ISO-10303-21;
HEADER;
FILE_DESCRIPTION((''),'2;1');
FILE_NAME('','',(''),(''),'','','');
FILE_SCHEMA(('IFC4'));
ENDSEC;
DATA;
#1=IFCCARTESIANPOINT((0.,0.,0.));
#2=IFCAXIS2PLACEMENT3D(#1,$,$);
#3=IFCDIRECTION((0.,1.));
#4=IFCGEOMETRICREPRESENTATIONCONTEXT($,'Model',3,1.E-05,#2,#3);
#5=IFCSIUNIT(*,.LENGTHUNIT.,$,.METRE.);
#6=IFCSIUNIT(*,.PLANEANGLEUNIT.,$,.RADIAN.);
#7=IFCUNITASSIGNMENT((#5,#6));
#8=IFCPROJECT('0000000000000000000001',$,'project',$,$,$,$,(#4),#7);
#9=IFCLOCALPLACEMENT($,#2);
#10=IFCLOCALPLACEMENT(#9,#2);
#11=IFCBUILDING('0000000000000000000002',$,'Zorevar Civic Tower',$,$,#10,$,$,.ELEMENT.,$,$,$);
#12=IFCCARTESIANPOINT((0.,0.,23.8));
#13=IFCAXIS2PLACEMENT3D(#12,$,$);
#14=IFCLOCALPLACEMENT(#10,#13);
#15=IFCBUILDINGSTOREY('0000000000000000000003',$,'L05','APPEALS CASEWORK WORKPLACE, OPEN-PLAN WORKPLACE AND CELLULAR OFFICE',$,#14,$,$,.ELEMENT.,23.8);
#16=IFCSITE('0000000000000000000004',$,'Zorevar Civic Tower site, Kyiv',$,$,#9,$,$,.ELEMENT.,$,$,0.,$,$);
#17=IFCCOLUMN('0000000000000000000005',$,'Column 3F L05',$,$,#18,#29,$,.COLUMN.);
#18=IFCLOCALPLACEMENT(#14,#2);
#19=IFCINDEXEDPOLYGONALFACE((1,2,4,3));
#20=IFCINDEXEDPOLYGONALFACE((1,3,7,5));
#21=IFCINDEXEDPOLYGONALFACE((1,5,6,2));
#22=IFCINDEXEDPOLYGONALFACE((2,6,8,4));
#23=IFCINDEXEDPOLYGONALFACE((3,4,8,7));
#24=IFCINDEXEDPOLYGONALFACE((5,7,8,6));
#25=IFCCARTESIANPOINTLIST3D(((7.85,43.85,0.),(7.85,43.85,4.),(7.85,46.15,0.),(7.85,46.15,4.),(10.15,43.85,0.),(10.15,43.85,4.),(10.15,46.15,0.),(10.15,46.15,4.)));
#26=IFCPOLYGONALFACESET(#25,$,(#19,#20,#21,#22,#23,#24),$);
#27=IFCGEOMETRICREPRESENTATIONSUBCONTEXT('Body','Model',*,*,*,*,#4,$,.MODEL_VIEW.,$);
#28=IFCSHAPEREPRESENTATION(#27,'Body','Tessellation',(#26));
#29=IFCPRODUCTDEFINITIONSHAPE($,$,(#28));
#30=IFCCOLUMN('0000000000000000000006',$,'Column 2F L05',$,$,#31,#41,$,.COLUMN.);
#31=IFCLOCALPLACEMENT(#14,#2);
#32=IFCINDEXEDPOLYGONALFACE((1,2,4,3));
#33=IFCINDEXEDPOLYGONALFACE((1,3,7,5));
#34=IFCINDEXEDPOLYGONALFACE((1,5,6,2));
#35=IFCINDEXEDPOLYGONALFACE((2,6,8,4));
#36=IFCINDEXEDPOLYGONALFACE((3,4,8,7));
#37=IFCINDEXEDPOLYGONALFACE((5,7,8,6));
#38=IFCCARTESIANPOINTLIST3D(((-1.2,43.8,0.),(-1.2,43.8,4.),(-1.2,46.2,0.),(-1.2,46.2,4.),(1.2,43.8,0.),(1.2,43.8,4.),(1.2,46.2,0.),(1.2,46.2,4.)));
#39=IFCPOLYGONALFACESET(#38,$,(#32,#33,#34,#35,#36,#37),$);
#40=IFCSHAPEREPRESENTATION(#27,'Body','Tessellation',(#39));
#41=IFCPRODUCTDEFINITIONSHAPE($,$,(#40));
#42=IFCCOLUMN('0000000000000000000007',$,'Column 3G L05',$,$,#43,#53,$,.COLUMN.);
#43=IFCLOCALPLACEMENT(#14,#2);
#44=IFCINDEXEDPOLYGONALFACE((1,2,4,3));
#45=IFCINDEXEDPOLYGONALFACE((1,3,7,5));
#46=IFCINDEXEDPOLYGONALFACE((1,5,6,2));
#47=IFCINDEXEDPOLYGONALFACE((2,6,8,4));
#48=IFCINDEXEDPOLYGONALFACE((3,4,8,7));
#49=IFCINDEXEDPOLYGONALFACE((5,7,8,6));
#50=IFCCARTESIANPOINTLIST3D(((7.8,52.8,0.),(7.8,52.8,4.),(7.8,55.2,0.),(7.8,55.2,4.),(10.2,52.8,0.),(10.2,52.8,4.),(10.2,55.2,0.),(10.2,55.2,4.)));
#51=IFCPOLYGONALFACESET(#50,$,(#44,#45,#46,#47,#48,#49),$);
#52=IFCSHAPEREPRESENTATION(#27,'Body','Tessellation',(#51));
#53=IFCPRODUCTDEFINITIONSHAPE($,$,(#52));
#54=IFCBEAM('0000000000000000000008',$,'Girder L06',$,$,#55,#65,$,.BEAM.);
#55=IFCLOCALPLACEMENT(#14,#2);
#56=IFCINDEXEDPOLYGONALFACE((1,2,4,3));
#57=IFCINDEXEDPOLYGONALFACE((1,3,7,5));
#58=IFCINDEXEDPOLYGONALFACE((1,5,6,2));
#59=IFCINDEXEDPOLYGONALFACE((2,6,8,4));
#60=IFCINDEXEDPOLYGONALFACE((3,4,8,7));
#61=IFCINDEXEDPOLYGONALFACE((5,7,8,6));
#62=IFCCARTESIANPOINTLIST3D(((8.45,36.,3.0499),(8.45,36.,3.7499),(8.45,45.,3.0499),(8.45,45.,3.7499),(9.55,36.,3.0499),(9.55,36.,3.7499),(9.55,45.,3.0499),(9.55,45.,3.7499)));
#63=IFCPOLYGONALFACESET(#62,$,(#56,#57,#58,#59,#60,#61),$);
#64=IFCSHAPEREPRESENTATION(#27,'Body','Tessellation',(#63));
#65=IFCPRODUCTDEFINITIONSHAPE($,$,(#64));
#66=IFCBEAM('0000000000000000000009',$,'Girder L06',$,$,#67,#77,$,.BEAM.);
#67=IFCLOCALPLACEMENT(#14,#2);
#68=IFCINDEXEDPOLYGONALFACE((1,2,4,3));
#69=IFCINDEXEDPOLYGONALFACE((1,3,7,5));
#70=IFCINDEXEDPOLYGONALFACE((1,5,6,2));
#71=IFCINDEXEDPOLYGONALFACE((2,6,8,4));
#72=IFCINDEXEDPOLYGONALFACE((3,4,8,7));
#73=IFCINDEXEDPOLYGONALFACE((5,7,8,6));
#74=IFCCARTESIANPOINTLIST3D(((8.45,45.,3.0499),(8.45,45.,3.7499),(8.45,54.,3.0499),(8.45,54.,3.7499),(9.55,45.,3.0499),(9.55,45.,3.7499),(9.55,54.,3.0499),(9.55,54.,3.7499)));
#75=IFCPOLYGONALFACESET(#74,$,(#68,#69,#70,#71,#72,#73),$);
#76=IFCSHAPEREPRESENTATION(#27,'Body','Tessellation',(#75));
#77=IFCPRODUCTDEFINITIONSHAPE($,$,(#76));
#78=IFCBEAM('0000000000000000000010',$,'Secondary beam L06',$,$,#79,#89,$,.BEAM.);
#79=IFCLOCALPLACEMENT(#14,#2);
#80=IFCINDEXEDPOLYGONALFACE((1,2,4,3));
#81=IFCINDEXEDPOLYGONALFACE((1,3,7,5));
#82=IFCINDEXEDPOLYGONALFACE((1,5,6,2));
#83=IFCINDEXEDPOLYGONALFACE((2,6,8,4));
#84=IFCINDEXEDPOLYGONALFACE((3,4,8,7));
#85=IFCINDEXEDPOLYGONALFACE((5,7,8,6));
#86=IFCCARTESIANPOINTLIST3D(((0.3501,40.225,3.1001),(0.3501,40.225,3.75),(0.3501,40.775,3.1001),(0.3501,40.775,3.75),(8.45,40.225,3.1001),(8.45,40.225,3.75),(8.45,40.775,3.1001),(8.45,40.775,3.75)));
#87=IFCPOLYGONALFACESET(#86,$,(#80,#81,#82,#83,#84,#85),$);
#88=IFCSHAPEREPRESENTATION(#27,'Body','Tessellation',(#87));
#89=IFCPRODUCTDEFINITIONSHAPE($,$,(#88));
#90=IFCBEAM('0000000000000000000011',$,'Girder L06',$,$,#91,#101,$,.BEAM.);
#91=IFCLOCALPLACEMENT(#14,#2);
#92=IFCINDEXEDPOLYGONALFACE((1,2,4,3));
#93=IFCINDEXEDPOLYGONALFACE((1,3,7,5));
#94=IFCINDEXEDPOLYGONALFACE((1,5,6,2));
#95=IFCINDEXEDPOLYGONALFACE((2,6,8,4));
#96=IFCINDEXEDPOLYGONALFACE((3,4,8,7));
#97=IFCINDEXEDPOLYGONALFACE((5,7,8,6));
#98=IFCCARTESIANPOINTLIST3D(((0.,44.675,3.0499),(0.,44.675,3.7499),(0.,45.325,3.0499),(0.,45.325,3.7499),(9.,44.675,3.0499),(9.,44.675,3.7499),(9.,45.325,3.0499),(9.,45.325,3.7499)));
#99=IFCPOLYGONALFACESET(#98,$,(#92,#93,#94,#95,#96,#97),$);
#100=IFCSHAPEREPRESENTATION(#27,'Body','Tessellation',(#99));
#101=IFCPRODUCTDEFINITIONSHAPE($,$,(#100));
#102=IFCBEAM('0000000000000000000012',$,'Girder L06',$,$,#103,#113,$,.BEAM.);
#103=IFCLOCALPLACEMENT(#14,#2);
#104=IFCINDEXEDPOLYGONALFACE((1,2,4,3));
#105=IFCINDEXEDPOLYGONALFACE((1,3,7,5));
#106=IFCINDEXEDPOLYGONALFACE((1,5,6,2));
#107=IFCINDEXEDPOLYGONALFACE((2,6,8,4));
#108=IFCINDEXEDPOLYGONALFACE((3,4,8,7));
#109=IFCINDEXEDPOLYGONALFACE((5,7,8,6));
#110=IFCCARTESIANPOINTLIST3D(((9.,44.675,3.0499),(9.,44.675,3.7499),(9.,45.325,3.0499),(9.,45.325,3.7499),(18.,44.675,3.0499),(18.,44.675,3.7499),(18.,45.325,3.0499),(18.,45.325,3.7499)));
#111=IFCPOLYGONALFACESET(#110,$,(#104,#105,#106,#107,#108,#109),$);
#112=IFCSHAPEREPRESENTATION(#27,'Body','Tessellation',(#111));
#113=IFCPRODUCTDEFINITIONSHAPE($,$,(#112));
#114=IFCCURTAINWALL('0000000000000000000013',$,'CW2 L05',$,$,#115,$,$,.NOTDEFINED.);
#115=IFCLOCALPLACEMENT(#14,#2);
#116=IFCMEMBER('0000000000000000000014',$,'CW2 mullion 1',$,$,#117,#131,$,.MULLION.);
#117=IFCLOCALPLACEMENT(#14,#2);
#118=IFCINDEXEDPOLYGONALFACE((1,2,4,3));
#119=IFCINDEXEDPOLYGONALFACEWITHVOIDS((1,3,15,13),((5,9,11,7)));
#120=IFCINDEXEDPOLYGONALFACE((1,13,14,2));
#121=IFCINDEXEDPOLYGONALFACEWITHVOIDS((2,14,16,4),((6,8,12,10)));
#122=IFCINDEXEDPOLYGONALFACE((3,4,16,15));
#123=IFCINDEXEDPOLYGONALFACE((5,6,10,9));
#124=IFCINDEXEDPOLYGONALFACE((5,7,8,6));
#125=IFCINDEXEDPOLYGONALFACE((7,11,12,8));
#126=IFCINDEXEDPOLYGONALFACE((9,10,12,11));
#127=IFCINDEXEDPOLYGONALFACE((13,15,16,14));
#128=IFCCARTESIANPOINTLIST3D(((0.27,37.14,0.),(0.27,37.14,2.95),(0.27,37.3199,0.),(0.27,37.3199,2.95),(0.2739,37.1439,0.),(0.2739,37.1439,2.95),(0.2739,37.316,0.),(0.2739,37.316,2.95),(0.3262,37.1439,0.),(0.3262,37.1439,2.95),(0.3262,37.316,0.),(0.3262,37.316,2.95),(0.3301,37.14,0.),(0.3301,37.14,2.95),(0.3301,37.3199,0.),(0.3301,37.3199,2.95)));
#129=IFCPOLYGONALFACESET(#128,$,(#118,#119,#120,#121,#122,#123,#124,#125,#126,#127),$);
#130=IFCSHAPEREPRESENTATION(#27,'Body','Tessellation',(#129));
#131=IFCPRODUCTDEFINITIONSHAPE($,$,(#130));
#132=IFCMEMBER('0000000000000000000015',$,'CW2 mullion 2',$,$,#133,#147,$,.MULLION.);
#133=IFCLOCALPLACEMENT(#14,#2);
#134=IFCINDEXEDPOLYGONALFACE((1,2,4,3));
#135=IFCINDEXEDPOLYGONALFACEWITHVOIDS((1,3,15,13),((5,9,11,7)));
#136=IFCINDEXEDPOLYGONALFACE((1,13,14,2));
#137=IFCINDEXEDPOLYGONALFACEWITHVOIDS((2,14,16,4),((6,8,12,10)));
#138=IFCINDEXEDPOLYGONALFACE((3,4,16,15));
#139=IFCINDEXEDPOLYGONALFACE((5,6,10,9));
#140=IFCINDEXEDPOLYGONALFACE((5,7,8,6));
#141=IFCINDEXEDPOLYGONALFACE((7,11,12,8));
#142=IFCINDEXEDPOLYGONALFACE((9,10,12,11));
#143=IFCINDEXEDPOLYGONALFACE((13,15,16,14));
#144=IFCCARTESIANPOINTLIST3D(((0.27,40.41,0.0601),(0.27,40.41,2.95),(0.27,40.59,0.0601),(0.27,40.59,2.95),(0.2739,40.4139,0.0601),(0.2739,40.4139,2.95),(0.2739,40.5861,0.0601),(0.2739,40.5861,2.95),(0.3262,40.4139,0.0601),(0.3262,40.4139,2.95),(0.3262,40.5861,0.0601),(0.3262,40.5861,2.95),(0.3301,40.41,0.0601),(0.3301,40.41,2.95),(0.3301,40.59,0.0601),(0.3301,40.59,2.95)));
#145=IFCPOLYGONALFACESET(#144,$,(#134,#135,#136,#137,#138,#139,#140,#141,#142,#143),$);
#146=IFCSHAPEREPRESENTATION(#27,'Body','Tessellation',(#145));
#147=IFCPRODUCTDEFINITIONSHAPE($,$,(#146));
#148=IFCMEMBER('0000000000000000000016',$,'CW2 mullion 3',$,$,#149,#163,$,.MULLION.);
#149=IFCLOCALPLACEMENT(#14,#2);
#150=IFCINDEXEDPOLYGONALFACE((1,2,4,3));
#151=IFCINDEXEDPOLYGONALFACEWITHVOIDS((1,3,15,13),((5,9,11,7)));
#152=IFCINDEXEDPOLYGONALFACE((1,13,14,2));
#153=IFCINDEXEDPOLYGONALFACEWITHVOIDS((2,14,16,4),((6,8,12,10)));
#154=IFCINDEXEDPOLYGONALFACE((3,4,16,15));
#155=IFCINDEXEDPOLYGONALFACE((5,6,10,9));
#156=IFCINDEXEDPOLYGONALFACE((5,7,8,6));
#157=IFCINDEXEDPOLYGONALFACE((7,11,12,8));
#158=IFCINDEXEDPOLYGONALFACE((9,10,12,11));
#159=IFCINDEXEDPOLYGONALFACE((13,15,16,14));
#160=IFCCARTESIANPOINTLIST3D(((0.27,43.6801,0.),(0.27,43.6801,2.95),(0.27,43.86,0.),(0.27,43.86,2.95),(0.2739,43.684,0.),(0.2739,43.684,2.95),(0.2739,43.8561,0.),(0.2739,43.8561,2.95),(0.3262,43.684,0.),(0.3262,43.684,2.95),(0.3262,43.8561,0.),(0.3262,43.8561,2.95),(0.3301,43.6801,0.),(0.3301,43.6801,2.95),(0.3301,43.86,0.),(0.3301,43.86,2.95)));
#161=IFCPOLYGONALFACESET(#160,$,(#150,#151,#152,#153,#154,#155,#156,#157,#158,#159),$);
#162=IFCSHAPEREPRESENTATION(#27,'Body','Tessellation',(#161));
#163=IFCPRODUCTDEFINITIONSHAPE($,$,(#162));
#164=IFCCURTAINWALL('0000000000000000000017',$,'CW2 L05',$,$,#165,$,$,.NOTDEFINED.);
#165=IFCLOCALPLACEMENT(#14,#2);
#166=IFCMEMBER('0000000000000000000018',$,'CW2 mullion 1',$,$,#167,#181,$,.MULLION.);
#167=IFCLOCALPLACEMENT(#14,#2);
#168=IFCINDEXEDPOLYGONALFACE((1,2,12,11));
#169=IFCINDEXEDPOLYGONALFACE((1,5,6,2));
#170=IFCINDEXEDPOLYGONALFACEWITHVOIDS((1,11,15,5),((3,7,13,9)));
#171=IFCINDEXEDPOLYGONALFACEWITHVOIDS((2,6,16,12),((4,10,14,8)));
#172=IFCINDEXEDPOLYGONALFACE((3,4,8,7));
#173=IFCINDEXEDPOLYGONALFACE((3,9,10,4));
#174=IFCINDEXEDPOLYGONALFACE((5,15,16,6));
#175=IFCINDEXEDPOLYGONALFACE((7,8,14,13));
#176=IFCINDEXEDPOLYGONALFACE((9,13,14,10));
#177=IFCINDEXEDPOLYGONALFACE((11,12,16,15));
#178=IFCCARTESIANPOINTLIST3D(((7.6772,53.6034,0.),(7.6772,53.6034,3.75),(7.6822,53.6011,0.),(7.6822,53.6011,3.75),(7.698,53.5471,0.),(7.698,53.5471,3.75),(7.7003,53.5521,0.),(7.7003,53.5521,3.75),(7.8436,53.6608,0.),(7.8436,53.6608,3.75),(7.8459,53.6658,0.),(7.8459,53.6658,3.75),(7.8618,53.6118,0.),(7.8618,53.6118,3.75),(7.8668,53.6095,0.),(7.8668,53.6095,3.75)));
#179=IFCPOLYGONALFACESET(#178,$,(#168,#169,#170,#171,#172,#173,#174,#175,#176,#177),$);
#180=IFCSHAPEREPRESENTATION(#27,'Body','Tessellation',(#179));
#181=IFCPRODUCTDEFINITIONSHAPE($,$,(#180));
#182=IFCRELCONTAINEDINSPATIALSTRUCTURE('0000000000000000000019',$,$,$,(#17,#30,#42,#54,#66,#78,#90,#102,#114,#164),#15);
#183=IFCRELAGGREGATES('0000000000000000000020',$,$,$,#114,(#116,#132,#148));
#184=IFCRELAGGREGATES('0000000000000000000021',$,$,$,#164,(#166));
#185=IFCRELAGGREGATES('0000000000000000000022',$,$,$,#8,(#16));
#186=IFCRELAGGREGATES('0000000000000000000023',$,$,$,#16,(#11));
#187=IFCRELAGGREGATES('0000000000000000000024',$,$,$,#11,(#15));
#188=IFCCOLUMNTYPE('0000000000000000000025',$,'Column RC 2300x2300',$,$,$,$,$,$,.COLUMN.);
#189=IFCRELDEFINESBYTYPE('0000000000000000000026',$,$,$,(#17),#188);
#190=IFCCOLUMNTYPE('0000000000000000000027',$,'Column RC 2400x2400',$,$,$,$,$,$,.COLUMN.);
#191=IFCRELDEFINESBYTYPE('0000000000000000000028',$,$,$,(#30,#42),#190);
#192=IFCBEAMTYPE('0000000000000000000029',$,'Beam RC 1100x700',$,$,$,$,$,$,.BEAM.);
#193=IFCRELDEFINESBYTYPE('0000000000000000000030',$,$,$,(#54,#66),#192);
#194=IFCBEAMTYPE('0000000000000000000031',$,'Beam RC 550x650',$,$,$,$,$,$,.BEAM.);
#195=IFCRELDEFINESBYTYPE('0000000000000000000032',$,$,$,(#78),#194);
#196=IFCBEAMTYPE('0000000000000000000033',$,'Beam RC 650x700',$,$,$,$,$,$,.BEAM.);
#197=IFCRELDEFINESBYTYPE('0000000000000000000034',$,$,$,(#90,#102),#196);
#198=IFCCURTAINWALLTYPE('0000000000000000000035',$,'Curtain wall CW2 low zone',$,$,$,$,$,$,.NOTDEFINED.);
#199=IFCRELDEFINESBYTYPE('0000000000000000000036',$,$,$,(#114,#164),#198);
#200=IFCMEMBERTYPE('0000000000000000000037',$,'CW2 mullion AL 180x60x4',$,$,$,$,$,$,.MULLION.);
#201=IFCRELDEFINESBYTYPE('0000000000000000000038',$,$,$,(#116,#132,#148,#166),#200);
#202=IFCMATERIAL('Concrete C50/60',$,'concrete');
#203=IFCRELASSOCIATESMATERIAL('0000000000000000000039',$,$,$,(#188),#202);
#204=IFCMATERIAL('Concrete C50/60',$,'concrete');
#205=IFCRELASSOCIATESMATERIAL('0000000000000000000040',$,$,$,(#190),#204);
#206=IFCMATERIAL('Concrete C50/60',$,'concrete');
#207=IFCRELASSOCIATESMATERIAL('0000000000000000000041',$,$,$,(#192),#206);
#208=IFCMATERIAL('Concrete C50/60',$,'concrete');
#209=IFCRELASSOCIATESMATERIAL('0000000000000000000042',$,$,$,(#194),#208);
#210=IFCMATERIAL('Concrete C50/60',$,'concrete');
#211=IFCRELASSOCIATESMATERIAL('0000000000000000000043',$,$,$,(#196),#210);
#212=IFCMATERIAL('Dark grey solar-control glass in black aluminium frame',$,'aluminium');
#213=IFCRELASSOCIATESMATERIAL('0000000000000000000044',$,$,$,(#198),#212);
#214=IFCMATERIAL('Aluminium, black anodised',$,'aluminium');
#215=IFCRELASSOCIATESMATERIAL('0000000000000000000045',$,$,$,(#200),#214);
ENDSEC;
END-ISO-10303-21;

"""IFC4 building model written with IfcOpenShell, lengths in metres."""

from ifc_helpers import new_model, si_unit, direction, frame, origin, origin_2d, place, context, subcontext, project, spatial, rectangle, hollow_rectangle, extrude, material, material_profile, profile_set, type_object, element, aggregate, save


model = new_model("IFC4")

# Units and contexts
model_context = context("Model", 3, precision=1e-05, world=origin(), true_north=direction((0.0, 1.0)))
body_context = subcontext(model_context, "Body", "Model", "MODEL_VIEW")
ifc_project = project(units=[si_unit("LENGTHUNIT", "METRE"), si_unit("PLANEANGLEUNIT", "RADIAN")], contexts=[model_context])

# Site, building, storey
site_placement = place(None, origin())
site = spatial("IfcSite", under=ifc_project, at=site_placement, Name="Zorevar Civic Tower site, Kyiv", CompositionType="ELEMENT", RefElevation=0.0)
building_placement = place(site_placement, origin())
building = spatial("IfcBuilding", under=site, at=building_placement, Name="Zorevar Civic Tower", CompositionType="ELEMENT")
storey_placement = place(building_placement, frame((0.0, 0.0, 23.8)))
storey = spatial("IfcBuildingStorey", under=building, at=storey_placement, Name="L05", Description="APPEALS CASEWORK WORKPLACE, OPEN-PLAN WORKPLACE AND CELLULAR OFFICE", CompositionType="ELEMENT", Elevation=23.8)

# Columns
ifc_material_1 = material(Name="Concrete C50/60", Category="concrete")
ifc_material_profile_1 = material_profile(ifc_material_1, rectangle(XDim=2.3, YDim=2.3, at=origin_2d()), Name="RC 2300x2300")
ifc_profile_set_1 = profile_set([ifc_material_profile_1], Name="Concrete C50/60")
column_type_1 = type_object("IfcColumnType", Name="Column RC 2300x2300", PredefinedType="COLUMN", material=ifc_profile_set_1)
column_placement = place(storey_placement, frame((9.0, 45.0, 0.0), z_axis=(0.0, 0.0, 1.0), x_axis=(1.0, 0.0, 0.0)))
element("IfcColumn", 1, at=column_placement, inside=storey, type_object=column_type_1, Name="Column 3F L05", PredefinedType="COLUMN", context=body_context, shape_type="SweptSolid", body=[
    extrude(rectangle(XDim=2.3, YDim=2.3, at=origin_2d()), origin(), (0.0, 0.0, 1.0), 4.0),
])
ifc_material_2 = material(Name="Concrete C50/60", Category="concrete")
ifc_material_profile_2 = material_profile(ifc_material_2, rectangle(XDim=2.3999, YDim=2.3999, at=origin_2d()), Name="RC 2400x2400")
ifc_profile_set_2 = profile_set([ifc_material_profile_2], Name="Concrete C50/60")
column_type_2 = type_object("IfcColumnType", Name="Column RC 2400x2400", PredefinedType="COLUMN", material=ifc_profile_set_2)
for number, where, z_axis, x_axis, name in (
    (2, (0.0, 45.0, 0.0), (0.0, 0.0, 1.0), (1.0, 0.0, 0.0), "Column 2F L05"),
    (3, (9.0, 54.0, 0.0), (0.0, 0.0, 1.0), (1.0, 0.0, 0.0), "Column 3G L05"),
):
    element("IfcColumn", number, at=place(storey_placement, frame(where, z_axis=z_axis, x_axis=x_axis)), inside=storey, type_object=column_type_2, Name=name, PredefinedType="COLUMN", context=body_context, shape_type="SweptSolid", body=[
        extrude(rectangle(XDim=2.3999, YDim=2.3999, at=origin_2d()), origin(), (0.0, 0.0, 1.0), 4.0),
    ])

# Beams
ifc_material_3 = material(Name="Concrete C50/60", Category="concrete")
ifc_material_profile_3 = material_profile(ifc_material_3, rectangle(XDim=1.1001, YDim=0.7, at=origin_2d()), Name="RC 1100x700")
ifc_profile_set_3 = profile_set([ifc_material_profile_3], Name="Concrete C50/60")
beam_type_1 = type_object("IfcBeamType", Name="Beam RC 1100x700", PredefinedType="BEAM", material=ifc_profile_set_3)
for number, where, z_axis, x_axis, name in (
    (4, (9.0, 36.0, 3.3999), (0.0, 1.0, 0.0), (-1.0, 0.0, 0.0), "Girder L06"),
    (5, (9.0, 45.0, 3.3999), (0.0, 1.0, 0.0), (-1.0, 0.0, 0.0), "Girder L06"),
):
    element("IfcBeam", number, at=place(storey_placement, frame(where, z_axis=z_axis, x_axis=x_axis)), inside=storey, type_object=beam_type_1, Name=name, PredefinedType="BEAM", context=body_context, shape_type="SweptSolid", body=[
        extrude(rectangle(XDim=1.1001, YDim=0.7, at=origin_2d()), origin(), (0.0, 0.0, 1.0), 9.0),
    ])
ifc_material_4 = material(Name="Concrete C50/60", Category="concrete")
ifc_material_profile_4 = material_profile(ifc_material_4, rectangle(XDim=0.55, YDim=0.6499, at=origin_2d()), Name="RC 550x650")
ifc_profile_set_4 = profile_set([ifc_material_profile_4], Name="Concrete C50/60")
beam_type_2 = type_object("IfcBeamType", Name="Beam RC 550x650", PredefinedType="BEAM", material=ifc_profile_set_4)
beam_1_placement = place(storey_placement, frame((0.3501, 40.5, 3.425), z_axis=(1.0, 0.0, 0.0), x_axis=(0.0, 1.0, 0.0)))
element("IfcBeam", 6, at=beam_1_placement, inside=storey, type_object=beam_type_2, Name="Secondary beam L06", PredefinedType="BEAM", context=body_context, shape_type="SweptSolid", body=[
    extrude(rectangle(XDim=0.55, YDim=0.6499, at=origin_2d()), origin(), (0.0, 0.0, 1.0), 8.0999),
])
ifc_material_5 = material(Name="Concrete C50/60", Category="concrete")
ifc_material_profile_5 = material_profile(ifc_material_5, rectangle(XDim=0.6499, YDim=0.7, at=origin_2d()), Name="RC 650x700")
ifc_profile_set_5 = profile_set([ifc_material_profile_5], Name="Concrete C50/60")
beam_type_3 = type_object("IfcBeamType", Name="Beam RC 650x700", PredefinedType="BEAM", material=ifc_profile_set_5)
for number, where, z_axis, x_axis, name in (
    (7, (0.0, 45.0, 3.3999), (1.0, 0.0, 0.0), (0.0, 1.0, 0.0), "Girder L06"),
    (8, (9.0, 45.0, 3.3999), (1.0, 0.0, 0.0), (0.0, 1.0, 0.0), "Girder L06"),
):
    element("IfcBeam", number, at=place(storey_placement, frame(where, z_axis=z_axis, x_axis=x_axis)), inside=storey, type_object=beam_type_3, Name=name, PredefinedType="BEAM", context=body_context, shape_type="SweptSolid", body=[
        extrude(rectangle(XDim=0.6499, YDim=0.7, at=origin_2d()), origin(), (0.0, 0.0, 1.0), 9.0),
    ])

# Curtain walls, members
ifc_material_6 = material(Name="Dark grey solar-control glass in black aluminium frame", Category="aluminium")
curtain_wall_type = type_object("IfcCurtainWallType", Name="Curtain wall CW2 low zone", PredefinedType="NOTDEFINED", material=ifc_material_6)
curtain_wall_1_placement = place(storey_placement, origin())
curtain_wall_1 = element("IfcCurtainWall", 9, at=curtain_wall_1_placement, inside=storey, type_object=curtain_wall_type, Name="CW2 L05", PredefinedType="NOTDEFINED")
ifc_material_7 = material(Name="Aluminium, black anodised", Category="aluminium")
ifc_material_profile_6 = material_profile(ifc_material_7, hollow_rectangle(XDim=0.0601, YDim=0.1799, WallThickness=0.0039, at=origin_2d()), Name="AL 180x60x4")
ifc_profile_set_6 = profile_set([ifc_material_profile_6], Name="Aluminium, black anodised")
member_type_1 = type_object("IfcMemberType", Name="CW2 mullion AL 180x60x4", PredefinedType="MULLION", material=ifc_profile_set_6)
member_1_placement = place(storey_placement, frame((0.3, 37.23, 0.0), z_axis=(0.0, 0.0, 1.0), x_axis=(-1.0, 0.0, 0.0)))
member_1 = element("IfcMember", 10, at=member_1_placement, type_object=member_type_1, Name="CW2 mullion 1", PredefinedType="MULLION", context=body_context, shape_type="SweptSolid", body=[
    extrude(hollow_rectangle(XDim=0.0601, YDim=0.1799, WallThickness=0.0039, at=origin_2d()), origin(), (0.0, 0.0, 1.0), 2.95),
])
member_2_placement = place(storey_placement, frame((0.3, 40.5, 0.0601), z_axis=(0.0, 0.0, 1.0), x_axis=(-1.0, 0.0, 0.0)))
member_2 = element("IfcMember", 11, at=member_2_placement, type_object=member_type_1, Name="CW2 mullion 2", PredefinedType="MULLION", context=body_context, shape_type="SweptSolid", body=[
    extrude(hollow_rectangle(XDim=0.0601, YDim=0.1799, WallThickness=0.0039, at=origin_2d()), origin(), (0.0, 0.0, 1.0), 2.8899),
])
member_3_placement = place(storey_placement, frame((0.3, 43.77, 0.0), z_axis=(0.0, 0.0, 1.0), x_axis=(-1.0, 0.0, 0.0)))
member_3 = element("IfcMember", 12, at=member_3_placement, type_object=member_type_1, Name="CW2 mullion 3", PredefinedType="MULLION", context=body_context, shape_type="SweptSolid", body=[
    extrude(hollow_rectangle(XDim=0.0601, YDim=0.1799, WallThickness=0.0039, at=origin_2d()), origin(), (0.0, 0.0, 1.0), 2.95),
])
curtain_wall_2_placement = place(storey_placement, origin())
curtain_wall_2 = element("IfcCurtainWall", 13, at=curtain_wall_2_placement, inside=storey, type_object=curtain_wall_type, Name="CW2 L05", PredefinedType="NOTDEFINED")
member_4_placement = place(storey_placement, frame((7.772, 53.6064, 0.0), z_axis=(0.0, 0.0, 1.0), x_axis=(0.346704, -0.937975, 0.0)))
member_4 = element("IfcMember", 14, at=member_4_placement, type_object=member_type_1, Name="CW2 mullion 1", PredefinedType="MULLION", context=body_context, shape_type="SweptSolid", body=[
    extrude(hollow_rectangle(XDim=0.0601, YDim=0.1799, WallThickness=0.0039, at=origin_2d()), origin(), (0.0, 0.0, 1.0), 3.75),
])

aggregate(curtain_wall_1, [member_1, member_2, member_3])
aggregate(curtain_wall_2, [member_4])

save(model, "model.ifc")
